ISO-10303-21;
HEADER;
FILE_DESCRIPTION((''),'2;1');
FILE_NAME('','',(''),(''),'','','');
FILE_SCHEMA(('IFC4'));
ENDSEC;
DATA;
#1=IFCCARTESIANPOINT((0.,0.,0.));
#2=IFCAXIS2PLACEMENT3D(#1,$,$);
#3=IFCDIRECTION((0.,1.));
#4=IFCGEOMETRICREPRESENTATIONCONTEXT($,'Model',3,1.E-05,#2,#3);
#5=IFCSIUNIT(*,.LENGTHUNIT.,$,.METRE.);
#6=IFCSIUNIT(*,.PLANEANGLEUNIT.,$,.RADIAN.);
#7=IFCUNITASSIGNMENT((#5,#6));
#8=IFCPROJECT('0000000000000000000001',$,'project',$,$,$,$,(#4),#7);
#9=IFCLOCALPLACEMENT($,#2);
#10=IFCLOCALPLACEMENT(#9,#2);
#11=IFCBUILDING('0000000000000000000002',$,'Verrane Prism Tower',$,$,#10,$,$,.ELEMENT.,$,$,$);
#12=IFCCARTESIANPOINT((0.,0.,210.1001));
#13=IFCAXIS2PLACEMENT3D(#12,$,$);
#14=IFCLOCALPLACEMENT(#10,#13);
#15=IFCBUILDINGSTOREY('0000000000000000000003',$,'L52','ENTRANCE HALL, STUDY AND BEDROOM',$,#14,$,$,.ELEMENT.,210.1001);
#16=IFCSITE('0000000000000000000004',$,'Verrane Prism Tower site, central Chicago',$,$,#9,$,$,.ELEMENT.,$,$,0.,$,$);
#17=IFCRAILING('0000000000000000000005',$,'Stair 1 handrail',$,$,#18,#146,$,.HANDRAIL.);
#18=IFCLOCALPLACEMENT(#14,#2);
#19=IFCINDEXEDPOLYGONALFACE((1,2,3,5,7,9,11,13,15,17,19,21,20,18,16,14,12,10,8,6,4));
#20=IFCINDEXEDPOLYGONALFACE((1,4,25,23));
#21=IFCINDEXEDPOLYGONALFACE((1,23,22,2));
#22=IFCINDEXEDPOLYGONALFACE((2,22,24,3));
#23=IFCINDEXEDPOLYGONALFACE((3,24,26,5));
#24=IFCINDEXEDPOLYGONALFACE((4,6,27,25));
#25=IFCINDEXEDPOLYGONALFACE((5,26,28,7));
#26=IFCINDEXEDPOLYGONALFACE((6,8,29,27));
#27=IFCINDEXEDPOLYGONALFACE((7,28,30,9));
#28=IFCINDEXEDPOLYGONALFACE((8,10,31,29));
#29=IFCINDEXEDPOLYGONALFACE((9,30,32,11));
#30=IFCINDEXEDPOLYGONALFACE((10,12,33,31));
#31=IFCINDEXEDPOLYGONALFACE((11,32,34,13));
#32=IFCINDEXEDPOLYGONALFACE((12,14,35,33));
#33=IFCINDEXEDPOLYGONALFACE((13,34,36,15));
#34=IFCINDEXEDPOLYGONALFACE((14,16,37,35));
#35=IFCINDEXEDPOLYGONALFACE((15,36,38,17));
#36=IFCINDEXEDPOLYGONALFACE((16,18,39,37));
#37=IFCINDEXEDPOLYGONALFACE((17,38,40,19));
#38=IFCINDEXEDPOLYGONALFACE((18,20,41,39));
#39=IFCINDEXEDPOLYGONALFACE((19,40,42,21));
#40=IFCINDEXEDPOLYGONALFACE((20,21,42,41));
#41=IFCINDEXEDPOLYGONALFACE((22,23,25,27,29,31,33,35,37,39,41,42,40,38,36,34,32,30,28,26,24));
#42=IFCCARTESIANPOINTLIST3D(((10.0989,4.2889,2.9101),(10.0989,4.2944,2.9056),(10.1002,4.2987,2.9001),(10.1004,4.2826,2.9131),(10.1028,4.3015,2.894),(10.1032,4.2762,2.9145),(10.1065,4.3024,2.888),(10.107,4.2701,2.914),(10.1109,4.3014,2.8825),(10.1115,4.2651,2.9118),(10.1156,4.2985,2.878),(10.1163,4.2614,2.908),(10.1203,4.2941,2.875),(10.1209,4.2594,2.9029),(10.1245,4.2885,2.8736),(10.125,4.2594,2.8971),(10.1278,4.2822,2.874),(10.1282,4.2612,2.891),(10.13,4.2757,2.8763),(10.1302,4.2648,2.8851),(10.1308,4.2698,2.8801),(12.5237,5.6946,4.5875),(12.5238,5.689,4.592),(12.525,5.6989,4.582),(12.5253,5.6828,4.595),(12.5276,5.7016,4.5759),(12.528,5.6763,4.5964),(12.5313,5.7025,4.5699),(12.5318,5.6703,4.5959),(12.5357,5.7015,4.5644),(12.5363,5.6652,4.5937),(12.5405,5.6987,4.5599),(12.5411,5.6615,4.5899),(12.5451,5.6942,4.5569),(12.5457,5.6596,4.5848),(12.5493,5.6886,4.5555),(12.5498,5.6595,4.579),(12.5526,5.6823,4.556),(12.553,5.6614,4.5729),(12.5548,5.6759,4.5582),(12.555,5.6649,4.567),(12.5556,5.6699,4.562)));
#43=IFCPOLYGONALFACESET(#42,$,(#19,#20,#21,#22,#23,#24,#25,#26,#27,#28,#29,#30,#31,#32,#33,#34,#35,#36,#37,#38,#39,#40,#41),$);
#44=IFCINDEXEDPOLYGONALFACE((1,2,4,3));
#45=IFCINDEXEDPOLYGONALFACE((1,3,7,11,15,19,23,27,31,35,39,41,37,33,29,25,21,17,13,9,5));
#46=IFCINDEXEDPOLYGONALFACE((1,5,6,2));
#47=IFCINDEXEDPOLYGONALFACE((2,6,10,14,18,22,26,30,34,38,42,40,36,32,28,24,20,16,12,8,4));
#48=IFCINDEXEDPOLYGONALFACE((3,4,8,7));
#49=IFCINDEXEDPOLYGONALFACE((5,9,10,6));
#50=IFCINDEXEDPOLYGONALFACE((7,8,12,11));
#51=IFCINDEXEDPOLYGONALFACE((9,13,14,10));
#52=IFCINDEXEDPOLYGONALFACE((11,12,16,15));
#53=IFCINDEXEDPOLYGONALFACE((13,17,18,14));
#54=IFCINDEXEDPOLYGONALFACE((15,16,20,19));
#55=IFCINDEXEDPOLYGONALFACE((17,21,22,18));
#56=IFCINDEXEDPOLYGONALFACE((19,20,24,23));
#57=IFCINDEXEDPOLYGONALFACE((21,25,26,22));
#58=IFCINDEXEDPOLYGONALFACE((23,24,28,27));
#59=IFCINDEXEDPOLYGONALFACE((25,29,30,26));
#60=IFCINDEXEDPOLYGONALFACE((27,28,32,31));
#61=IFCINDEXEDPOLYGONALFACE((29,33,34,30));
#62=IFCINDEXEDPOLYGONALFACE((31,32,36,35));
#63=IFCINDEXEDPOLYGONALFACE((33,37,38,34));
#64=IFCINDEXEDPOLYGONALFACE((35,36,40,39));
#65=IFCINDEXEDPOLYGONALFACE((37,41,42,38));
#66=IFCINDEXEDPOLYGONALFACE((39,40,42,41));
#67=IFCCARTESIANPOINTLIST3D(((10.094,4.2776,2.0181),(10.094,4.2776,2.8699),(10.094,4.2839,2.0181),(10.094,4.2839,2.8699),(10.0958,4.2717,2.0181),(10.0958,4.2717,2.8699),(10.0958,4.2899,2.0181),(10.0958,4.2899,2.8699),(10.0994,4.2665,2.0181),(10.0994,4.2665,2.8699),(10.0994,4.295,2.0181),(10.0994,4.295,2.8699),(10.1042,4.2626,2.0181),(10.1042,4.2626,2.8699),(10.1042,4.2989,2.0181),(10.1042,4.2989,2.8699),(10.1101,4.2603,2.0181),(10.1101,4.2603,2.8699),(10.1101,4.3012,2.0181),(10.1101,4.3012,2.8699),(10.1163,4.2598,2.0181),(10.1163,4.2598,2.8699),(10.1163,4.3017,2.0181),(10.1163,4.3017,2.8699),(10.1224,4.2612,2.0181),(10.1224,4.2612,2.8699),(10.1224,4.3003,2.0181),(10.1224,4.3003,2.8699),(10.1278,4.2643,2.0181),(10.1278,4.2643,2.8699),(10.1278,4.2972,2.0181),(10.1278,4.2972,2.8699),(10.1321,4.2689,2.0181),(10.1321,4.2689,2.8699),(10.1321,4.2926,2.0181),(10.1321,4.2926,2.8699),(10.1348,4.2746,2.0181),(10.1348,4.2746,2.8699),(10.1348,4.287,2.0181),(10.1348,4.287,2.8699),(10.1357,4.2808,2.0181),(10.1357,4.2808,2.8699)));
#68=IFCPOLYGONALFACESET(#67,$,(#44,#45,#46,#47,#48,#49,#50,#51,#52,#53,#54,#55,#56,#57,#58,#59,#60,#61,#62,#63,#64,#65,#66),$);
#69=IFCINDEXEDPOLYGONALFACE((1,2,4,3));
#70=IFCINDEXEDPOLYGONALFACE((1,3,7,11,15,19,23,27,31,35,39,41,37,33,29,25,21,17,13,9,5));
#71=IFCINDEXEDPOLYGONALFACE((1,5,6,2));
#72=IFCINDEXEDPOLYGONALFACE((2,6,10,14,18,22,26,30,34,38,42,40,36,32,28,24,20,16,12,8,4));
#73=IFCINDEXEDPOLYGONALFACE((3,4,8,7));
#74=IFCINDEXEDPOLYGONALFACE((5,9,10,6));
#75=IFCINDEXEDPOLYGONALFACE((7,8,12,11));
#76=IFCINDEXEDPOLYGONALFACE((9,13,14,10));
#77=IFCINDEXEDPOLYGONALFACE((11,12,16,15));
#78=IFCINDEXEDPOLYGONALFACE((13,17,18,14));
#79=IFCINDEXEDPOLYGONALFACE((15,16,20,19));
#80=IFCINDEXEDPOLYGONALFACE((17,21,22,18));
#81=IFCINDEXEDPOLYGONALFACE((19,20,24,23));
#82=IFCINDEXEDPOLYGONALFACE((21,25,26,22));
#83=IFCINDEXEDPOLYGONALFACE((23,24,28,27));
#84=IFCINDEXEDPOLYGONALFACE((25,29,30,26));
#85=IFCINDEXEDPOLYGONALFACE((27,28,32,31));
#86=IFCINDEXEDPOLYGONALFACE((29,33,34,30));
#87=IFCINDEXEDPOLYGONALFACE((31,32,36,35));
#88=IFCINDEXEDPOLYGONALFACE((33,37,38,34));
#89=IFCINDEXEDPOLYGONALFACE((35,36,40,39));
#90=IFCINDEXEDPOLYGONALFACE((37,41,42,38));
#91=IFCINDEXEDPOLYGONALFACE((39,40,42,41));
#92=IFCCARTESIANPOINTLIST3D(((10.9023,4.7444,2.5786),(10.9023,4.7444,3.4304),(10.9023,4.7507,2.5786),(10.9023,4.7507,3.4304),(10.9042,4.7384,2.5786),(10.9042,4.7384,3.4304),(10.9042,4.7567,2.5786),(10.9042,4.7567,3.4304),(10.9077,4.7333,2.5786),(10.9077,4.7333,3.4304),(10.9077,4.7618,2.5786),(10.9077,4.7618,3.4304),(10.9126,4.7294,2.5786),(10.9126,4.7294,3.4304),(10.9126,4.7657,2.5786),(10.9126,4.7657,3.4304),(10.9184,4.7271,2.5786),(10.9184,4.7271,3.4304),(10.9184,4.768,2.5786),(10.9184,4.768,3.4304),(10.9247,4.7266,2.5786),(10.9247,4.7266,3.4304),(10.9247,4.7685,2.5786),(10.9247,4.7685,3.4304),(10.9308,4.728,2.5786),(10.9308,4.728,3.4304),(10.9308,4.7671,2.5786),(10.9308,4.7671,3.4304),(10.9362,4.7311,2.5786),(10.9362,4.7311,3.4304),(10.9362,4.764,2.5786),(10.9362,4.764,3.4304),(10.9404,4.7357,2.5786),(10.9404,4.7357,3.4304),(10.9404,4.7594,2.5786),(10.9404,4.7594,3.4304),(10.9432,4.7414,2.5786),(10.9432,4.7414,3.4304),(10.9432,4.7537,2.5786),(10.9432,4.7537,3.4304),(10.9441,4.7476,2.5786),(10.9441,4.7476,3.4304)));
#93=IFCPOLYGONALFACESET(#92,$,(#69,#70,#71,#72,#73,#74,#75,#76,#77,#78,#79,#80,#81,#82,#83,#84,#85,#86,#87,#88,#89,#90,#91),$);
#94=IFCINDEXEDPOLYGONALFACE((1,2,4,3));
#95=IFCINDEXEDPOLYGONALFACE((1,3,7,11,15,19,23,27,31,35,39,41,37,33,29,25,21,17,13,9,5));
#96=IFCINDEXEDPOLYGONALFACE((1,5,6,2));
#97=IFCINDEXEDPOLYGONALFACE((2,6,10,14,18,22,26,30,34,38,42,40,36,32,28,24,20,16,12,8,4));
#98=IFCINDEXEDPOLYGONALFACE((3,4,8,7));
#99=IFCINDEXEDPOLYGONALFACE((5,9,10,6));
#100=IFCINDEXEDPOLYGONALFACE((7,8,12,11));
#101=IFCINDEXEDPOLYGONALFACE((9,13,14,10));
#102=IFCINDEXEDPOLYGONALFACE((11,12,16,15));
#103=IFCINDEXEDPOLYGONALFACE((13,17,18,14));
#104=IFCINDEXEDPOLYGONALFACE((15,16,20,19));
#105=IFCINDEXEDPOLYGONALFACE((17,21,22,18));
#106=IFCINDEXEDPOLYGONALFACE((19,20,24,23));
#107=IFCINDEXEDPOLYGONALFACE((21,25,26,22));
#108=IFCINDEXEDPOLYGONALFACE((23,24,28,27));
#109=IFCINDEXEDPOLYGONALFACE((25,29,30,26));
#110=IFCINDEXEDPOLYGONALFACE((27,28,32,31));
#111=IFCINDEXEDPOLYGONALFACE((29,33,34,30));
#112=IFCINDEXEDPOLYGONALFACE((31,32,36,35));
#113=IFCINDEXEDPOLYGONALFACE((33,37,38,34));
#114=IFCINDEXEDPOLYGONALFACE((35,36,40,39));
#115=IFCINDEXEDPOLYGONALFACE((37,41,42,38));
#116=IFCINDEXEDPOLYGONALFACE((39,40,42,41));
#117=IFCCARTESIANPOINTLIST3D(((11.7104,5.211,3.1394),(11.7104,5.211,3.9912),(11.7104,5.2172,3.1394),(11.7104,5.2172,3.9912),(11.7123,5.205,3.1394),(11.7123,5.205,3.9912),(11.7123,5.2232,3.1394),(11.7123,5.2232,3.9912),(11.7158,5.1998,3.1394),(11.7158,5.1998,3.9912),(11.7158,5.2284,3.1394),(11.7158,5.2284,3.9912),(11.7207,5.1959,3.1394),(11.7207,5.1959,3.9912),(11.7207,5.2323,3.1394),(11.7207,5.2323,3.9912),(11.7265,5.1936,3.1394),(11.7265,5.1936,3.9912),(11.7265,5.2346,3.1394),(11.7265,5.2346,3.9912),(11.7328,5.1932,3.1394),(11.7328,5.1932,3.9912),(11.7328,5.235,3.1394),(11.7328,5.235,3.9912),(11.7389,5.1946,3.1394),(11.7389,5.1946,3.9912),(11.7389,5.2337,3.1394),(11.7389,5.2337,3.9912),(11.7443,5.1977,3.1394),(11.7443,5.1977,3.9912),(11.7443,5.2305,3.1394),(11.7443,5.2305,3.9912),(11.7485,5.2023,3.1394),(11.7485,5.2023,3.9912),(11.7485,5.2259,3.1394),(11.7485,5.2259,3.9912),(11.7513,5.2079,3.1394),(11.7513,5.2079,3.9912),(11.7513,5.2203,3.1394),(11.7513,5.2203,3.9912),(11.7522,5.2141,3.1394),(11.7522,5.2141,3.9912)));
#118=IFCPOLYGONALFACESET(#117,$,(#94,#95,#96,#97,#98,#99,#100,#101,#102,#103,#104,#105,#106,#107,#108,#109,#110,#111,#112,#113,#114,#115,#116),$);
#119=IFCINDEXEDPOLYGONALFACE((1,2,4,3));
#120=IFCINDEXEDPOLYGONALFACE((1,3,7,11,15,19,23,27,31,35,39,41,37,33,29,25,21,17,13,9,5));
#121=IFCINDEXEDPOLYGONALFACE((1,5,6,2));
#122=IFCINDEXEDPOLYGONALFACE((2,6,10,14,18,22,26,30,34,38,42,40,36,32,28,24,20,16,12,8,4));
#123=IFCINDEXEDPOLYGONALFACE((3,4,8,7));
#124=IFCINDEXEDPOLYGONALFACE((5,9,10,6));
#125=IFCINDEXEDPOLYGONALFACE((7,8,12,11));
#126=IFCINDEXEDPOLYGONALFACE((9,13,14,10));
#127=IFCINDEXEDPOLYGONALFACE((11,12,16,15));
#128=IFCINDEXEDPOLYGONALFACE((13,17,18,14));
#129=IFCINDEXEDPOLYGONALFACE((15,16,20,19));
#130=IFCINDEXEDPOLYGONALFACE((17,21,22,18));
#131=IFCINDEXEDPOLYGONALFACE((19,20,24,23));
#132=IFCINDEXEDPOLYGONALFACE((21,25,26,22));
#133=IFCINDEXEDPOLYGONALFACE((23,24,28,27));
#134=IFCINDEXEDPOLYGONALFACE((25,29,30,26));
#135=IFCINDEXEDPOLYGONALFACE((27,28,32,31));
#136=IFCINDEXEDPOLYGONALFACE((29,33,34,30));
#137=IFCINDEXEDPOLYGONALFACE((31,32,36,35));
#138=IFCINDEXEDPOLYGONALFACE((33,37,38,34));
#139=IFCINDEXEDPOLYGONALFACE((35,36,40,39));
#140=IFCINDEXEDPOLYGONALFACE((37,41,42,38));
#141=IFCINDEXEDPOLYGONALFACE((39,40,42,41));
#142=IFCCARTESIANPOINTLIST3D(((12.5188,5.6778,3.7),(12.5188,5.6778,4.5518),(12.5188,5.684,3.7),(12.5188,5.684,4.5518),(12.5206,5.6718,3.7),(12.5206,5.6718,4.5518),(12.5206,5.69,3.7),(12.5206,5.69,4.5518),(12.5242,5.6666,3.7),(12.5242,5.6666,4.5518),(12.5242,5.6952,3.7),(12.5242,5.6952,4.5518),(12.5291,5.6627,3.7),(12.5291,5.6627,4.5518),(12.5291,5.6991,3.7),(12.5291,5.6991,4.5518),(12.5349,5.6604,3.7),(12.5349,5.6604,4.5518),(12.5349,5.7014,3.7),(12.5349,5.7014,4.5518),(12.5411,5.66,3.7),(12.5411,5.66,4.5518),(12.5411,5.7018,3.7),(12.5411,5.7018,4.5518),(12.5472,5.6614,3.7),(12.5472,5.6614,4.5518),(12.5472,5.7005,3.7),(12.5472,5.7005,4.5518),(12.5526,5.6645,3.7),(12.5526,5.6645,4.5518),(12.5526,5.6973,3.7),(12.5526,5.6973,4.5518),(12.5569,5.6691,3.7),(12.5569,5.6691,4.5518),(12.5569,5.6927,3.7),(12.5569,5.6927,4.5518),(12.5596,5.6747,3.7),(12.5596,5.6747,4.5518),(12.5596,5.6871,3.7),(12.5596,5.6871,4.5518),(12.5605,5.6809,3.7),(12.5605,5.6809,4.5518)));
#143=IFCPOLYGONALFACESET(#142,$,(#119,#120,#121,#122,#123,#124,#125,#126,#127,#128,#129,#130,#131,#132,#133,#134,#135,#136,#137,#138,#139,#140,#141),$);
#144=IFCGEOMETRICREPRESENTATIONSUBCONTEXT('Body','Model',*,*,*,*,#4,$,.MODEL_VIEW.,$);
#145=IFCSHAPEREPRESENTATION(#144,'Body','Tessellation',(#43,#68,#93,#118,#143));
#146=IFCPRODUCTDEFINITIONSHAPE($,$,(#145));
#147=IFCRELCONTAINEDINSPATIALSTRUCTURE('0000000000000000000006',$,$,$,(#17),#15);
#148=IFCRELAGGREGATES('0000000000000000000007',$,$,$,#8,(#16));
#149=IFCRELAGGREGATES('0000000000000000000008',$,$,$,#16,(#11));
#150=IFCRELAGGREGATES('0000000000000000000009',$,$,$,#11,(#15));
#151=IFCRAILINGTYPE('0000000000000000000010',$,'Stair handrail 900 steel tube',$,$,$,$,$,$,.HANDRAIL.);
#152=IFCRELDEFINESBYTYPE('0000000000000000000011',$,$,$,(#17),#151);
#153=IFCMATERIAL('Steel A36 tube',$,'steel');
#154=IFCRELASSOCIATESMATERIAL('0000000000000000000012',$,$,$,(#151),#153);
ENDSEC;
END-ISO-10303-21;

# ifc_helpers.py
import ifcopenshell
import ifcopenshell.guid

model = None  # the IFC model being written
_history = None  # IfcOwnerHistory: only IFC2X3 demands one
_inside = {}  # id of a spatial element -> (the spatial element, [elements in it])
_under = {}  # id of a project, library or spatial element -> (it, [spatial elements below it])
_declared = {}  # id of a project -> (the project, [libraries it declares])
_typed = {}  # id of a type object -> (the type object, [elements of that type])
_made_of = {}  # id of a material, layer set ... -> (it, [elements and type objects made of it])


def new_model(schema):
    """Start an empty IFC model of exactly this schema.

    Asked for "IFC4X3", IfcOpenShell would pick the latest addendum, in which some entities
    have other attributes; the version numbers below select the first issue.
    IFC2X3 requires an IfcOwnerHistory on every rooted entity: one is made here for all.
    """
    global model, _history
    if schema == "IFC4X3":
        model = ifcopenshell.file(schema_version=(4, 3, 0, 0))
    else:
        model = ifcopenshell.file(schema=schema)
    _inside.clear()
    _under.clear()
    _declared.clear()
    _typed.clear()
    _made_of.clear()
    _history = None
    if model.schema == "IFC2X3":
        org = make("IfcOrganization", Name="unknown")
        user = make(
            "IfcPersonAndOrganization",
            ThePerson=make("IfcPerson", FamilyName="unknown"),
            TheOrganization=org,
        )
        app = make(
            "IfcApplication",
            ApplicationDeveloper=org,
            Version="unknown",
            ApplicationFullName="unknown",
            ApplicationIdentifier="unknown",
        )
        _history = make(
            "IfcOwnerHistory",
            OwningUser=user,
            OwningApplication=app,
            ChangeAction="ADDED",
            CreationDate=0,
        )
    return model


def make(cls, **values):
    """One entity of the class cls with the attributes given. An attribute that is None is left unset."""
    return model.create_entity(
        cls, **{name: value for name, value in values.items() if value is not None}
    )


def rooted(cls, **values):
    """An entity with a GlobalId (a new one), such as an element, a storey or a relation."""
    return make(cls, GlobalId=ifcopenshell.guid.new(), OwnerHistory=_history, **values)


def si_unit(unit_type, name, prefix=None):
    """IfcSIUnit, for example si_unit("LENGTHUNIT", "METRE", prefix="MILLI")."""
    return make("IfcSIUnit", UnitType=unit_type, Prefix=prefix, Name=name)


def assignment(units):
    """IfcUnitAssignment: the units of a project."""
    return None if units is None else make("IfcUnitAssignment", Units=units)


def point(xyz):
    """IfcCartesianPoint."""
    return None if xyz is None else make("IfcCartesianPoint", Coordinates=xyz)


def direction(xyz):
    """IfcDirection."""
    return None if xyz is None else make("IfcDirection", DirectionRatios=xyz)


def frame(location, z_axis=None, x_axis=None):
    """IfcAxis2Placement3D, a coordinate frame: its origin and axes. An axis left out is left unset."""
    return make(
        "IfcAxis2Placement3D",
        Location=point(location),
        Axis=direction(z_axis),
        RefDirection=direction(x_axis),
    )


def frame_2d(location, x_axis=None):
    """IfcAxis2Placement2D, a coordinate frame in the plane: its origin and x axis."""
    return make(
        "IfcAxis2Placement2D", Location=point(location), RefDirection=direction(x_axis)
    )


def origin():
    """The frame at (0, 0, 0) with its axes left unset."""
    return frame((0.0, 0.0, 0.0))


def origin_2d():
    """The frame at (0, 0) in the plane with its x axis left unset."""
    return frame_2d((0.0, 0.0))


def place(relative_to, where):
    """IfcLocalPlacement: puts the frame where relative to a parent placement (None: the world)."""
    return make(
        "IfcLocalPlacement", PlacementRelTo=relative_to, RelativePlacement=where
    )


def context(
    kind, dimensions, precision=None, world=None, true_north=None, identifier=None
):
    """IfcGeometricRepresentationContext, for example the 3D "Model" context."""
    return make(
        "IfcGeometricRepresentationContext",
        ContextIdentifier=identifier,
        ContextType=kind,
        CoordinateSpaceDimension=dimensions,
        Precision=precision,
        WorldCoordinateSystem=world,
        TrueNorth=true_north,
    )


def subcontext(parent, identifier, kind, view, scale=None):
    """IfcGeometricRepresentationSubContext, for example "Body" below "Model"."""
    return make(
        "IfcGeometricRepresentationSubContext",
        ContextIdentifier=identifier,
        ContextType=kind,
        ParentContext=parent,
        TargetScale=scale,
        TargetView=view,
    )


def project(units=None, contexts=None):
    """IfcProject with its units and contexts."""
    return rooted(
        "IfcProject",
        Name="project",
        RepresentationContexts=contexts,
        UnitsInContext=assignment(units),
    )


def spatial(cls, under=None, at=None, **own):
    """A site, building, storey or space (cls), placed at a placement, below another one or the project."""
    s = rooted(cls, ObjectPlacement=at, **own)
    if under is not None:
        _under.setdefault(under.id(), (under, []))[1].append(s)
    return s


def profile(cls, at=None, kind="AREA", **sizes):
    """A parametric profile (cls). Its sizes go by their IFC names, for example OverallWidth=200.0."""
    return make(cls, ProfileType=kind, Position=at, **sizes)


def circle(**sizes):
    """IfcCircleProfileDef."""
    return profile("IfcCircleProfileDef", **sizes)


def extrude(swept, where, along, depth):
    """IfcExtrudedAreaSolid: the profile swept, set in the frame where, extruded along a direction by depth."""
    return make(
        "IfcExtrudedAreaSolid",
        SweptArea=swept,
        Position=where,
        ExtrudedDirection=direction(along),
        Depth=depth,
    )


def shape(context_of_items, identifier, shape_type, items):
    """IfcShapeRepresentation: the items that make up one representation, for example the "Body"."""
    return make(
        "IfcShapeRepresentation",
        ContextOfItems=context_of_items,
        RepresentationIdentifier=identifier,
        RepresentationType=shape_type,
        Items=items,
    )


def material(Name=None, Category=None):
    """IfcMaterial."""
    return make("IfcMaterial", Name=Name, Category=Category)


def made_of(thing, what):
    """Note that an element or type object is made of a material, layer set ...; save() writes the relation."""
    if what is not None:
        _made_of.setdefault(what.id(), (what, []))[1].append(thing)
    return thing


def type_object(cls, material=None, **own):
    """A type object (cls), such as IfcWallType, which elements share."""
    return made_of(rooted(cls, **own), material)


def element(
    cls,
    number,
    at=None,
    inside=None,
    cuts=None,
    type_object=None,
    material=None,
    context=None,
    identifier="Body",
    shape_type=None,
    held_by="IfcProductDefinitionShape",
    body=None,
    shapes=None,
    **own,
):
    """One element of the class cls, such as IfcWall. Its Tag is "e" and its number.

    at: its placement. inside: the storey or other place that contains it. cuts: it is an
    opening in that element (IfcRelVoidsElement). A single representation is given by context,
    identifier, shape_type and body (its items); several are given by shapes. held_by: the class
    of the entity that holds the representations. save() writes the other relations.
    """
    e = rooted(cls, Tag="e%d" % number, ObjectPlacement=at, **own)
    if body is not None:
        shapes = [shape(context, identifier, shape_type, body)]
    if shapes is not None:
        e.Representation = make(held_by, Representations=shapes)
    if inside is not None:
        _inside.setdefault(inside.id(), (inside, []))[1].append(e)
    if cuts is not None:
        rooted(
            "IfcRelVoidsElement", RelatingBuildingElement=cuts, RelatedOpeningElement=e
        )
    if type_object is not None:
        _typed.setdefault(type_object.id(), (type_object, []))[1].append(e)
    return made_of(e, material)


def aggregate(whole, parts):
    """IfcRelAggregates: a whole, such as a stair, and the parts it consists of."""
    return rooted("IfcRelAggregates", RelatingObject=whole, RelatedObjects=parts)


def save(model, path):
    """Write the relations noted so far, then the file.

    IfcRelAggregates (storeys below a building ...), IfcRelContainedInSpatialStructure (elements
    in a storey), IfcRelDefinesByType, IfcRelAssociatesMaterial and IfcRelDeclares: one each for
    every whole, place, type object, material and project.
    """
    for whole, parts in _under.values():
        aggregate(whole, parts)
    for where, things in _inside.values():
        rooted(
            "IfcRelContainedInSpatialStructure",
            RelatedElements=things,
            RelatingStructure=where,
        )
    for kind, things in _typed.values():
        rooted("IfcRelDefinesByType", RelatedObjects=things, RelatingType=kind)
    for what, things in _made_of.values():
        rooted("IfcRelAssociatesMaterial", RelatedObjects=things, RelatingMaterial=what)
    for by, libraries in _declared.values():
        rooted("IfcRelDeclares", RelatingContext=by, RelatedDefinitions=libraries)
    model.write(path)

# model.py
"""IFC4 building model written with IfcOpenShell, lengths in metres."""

from ifc_helpers import new_model, si_unit, direction, frame, origin, origin_2d, place, context, subcontext, project, spatial, circle, extrude, material, type_object, element, save


model = new_model("IFC4")

# Units and contexts
model_context = context("Model", 3, precision=1e-05, world=origin(), true_north=direction((0.0, 1.0)))
body_context = subcontext(model_context, "Body", "Model", "MODEL_VIEW")
ifc_project = project(units=[si_unit("LENGTHUNIT", "METRE"), si_unit("PLANEANGLEUNIT", "RADIAN")], contexts=[model_context])

# Site, building, storey
site_placement = place(None, origin())
site = spatial("IfcSite", under=ifc_project, at=site_placement, Name="Verrane Prism Tower site, central Chicago", CompositionType="ELEMENT", RefElevation=0.0)
building_placement = place(site_placement, origin())
building = spatial("IfcBuilding", under=site, at=building_placement, Name="Verrane Prism Tower", CompositionType="ELEMENT")
storey_placement = place(building_placement, frame((0.0, 0.0, 210.1001)))
storey = spatial("IfcBuildingStorey", under=building, at=storey_placement, Name="L52", Description="ENTRANCE HALL, STUDY AND BEDROOM", CompositionType="ELEMENT", Elevation=210.1001)

# Railing
ifc_material_1 = material(Name="Steel A36 tube", Category="steel")
railing_type_1 = type_object("IfcRailingType", Name="Stair handrail 900 steel tube", PredefinedType="HANDRAIL", material=ifc_material_1)
railing_1_placement = place(storey_placement, frame((10.1147, 4.2808, 2.0181)))
element("IfcRailing", 1, at=railing_1_placement, inside=storey, type_object=railing_type_1, Name="Stair 1 handrail", PredefinedType="HANDRAIL", context=body_context, shape_type="SweptSolid", body=[
    extrude(circle(Radius=0.0239, at=origin_2d()), frame((0.0, 0.0, 0.876), z_axis=(0.742367, 0.428662, 0.514918), x_axis=(-0.50005, 0.865997, 0.0)), (0.0, 0.0, 1.0), 3.2664),
    extrude(circle(Radius=0.021, at=origin_2d()), origin(), (0.0, 0.0, 1.0), 0.8518),
    extrude(circle(Radius=0.021, at=origin_2d()), frame((0.8083, 0.4668, 0.5605)), (0.0, 0.0, 1.0), 0.8518),
    extrude(circle(Radius=0.021, at=origin_2d()), frame((1.6165, 0.9333, 1.1213)), (0.0, 0.0, 1.0), 0.8518),
    extrude(circle(Radius=0.021, at=origin_2d()), frame((2.4248, 1.4001, 1.6819)), (0.0, 0.0, 1.0), 0.8518),
])

save(model, "model.ifc")
